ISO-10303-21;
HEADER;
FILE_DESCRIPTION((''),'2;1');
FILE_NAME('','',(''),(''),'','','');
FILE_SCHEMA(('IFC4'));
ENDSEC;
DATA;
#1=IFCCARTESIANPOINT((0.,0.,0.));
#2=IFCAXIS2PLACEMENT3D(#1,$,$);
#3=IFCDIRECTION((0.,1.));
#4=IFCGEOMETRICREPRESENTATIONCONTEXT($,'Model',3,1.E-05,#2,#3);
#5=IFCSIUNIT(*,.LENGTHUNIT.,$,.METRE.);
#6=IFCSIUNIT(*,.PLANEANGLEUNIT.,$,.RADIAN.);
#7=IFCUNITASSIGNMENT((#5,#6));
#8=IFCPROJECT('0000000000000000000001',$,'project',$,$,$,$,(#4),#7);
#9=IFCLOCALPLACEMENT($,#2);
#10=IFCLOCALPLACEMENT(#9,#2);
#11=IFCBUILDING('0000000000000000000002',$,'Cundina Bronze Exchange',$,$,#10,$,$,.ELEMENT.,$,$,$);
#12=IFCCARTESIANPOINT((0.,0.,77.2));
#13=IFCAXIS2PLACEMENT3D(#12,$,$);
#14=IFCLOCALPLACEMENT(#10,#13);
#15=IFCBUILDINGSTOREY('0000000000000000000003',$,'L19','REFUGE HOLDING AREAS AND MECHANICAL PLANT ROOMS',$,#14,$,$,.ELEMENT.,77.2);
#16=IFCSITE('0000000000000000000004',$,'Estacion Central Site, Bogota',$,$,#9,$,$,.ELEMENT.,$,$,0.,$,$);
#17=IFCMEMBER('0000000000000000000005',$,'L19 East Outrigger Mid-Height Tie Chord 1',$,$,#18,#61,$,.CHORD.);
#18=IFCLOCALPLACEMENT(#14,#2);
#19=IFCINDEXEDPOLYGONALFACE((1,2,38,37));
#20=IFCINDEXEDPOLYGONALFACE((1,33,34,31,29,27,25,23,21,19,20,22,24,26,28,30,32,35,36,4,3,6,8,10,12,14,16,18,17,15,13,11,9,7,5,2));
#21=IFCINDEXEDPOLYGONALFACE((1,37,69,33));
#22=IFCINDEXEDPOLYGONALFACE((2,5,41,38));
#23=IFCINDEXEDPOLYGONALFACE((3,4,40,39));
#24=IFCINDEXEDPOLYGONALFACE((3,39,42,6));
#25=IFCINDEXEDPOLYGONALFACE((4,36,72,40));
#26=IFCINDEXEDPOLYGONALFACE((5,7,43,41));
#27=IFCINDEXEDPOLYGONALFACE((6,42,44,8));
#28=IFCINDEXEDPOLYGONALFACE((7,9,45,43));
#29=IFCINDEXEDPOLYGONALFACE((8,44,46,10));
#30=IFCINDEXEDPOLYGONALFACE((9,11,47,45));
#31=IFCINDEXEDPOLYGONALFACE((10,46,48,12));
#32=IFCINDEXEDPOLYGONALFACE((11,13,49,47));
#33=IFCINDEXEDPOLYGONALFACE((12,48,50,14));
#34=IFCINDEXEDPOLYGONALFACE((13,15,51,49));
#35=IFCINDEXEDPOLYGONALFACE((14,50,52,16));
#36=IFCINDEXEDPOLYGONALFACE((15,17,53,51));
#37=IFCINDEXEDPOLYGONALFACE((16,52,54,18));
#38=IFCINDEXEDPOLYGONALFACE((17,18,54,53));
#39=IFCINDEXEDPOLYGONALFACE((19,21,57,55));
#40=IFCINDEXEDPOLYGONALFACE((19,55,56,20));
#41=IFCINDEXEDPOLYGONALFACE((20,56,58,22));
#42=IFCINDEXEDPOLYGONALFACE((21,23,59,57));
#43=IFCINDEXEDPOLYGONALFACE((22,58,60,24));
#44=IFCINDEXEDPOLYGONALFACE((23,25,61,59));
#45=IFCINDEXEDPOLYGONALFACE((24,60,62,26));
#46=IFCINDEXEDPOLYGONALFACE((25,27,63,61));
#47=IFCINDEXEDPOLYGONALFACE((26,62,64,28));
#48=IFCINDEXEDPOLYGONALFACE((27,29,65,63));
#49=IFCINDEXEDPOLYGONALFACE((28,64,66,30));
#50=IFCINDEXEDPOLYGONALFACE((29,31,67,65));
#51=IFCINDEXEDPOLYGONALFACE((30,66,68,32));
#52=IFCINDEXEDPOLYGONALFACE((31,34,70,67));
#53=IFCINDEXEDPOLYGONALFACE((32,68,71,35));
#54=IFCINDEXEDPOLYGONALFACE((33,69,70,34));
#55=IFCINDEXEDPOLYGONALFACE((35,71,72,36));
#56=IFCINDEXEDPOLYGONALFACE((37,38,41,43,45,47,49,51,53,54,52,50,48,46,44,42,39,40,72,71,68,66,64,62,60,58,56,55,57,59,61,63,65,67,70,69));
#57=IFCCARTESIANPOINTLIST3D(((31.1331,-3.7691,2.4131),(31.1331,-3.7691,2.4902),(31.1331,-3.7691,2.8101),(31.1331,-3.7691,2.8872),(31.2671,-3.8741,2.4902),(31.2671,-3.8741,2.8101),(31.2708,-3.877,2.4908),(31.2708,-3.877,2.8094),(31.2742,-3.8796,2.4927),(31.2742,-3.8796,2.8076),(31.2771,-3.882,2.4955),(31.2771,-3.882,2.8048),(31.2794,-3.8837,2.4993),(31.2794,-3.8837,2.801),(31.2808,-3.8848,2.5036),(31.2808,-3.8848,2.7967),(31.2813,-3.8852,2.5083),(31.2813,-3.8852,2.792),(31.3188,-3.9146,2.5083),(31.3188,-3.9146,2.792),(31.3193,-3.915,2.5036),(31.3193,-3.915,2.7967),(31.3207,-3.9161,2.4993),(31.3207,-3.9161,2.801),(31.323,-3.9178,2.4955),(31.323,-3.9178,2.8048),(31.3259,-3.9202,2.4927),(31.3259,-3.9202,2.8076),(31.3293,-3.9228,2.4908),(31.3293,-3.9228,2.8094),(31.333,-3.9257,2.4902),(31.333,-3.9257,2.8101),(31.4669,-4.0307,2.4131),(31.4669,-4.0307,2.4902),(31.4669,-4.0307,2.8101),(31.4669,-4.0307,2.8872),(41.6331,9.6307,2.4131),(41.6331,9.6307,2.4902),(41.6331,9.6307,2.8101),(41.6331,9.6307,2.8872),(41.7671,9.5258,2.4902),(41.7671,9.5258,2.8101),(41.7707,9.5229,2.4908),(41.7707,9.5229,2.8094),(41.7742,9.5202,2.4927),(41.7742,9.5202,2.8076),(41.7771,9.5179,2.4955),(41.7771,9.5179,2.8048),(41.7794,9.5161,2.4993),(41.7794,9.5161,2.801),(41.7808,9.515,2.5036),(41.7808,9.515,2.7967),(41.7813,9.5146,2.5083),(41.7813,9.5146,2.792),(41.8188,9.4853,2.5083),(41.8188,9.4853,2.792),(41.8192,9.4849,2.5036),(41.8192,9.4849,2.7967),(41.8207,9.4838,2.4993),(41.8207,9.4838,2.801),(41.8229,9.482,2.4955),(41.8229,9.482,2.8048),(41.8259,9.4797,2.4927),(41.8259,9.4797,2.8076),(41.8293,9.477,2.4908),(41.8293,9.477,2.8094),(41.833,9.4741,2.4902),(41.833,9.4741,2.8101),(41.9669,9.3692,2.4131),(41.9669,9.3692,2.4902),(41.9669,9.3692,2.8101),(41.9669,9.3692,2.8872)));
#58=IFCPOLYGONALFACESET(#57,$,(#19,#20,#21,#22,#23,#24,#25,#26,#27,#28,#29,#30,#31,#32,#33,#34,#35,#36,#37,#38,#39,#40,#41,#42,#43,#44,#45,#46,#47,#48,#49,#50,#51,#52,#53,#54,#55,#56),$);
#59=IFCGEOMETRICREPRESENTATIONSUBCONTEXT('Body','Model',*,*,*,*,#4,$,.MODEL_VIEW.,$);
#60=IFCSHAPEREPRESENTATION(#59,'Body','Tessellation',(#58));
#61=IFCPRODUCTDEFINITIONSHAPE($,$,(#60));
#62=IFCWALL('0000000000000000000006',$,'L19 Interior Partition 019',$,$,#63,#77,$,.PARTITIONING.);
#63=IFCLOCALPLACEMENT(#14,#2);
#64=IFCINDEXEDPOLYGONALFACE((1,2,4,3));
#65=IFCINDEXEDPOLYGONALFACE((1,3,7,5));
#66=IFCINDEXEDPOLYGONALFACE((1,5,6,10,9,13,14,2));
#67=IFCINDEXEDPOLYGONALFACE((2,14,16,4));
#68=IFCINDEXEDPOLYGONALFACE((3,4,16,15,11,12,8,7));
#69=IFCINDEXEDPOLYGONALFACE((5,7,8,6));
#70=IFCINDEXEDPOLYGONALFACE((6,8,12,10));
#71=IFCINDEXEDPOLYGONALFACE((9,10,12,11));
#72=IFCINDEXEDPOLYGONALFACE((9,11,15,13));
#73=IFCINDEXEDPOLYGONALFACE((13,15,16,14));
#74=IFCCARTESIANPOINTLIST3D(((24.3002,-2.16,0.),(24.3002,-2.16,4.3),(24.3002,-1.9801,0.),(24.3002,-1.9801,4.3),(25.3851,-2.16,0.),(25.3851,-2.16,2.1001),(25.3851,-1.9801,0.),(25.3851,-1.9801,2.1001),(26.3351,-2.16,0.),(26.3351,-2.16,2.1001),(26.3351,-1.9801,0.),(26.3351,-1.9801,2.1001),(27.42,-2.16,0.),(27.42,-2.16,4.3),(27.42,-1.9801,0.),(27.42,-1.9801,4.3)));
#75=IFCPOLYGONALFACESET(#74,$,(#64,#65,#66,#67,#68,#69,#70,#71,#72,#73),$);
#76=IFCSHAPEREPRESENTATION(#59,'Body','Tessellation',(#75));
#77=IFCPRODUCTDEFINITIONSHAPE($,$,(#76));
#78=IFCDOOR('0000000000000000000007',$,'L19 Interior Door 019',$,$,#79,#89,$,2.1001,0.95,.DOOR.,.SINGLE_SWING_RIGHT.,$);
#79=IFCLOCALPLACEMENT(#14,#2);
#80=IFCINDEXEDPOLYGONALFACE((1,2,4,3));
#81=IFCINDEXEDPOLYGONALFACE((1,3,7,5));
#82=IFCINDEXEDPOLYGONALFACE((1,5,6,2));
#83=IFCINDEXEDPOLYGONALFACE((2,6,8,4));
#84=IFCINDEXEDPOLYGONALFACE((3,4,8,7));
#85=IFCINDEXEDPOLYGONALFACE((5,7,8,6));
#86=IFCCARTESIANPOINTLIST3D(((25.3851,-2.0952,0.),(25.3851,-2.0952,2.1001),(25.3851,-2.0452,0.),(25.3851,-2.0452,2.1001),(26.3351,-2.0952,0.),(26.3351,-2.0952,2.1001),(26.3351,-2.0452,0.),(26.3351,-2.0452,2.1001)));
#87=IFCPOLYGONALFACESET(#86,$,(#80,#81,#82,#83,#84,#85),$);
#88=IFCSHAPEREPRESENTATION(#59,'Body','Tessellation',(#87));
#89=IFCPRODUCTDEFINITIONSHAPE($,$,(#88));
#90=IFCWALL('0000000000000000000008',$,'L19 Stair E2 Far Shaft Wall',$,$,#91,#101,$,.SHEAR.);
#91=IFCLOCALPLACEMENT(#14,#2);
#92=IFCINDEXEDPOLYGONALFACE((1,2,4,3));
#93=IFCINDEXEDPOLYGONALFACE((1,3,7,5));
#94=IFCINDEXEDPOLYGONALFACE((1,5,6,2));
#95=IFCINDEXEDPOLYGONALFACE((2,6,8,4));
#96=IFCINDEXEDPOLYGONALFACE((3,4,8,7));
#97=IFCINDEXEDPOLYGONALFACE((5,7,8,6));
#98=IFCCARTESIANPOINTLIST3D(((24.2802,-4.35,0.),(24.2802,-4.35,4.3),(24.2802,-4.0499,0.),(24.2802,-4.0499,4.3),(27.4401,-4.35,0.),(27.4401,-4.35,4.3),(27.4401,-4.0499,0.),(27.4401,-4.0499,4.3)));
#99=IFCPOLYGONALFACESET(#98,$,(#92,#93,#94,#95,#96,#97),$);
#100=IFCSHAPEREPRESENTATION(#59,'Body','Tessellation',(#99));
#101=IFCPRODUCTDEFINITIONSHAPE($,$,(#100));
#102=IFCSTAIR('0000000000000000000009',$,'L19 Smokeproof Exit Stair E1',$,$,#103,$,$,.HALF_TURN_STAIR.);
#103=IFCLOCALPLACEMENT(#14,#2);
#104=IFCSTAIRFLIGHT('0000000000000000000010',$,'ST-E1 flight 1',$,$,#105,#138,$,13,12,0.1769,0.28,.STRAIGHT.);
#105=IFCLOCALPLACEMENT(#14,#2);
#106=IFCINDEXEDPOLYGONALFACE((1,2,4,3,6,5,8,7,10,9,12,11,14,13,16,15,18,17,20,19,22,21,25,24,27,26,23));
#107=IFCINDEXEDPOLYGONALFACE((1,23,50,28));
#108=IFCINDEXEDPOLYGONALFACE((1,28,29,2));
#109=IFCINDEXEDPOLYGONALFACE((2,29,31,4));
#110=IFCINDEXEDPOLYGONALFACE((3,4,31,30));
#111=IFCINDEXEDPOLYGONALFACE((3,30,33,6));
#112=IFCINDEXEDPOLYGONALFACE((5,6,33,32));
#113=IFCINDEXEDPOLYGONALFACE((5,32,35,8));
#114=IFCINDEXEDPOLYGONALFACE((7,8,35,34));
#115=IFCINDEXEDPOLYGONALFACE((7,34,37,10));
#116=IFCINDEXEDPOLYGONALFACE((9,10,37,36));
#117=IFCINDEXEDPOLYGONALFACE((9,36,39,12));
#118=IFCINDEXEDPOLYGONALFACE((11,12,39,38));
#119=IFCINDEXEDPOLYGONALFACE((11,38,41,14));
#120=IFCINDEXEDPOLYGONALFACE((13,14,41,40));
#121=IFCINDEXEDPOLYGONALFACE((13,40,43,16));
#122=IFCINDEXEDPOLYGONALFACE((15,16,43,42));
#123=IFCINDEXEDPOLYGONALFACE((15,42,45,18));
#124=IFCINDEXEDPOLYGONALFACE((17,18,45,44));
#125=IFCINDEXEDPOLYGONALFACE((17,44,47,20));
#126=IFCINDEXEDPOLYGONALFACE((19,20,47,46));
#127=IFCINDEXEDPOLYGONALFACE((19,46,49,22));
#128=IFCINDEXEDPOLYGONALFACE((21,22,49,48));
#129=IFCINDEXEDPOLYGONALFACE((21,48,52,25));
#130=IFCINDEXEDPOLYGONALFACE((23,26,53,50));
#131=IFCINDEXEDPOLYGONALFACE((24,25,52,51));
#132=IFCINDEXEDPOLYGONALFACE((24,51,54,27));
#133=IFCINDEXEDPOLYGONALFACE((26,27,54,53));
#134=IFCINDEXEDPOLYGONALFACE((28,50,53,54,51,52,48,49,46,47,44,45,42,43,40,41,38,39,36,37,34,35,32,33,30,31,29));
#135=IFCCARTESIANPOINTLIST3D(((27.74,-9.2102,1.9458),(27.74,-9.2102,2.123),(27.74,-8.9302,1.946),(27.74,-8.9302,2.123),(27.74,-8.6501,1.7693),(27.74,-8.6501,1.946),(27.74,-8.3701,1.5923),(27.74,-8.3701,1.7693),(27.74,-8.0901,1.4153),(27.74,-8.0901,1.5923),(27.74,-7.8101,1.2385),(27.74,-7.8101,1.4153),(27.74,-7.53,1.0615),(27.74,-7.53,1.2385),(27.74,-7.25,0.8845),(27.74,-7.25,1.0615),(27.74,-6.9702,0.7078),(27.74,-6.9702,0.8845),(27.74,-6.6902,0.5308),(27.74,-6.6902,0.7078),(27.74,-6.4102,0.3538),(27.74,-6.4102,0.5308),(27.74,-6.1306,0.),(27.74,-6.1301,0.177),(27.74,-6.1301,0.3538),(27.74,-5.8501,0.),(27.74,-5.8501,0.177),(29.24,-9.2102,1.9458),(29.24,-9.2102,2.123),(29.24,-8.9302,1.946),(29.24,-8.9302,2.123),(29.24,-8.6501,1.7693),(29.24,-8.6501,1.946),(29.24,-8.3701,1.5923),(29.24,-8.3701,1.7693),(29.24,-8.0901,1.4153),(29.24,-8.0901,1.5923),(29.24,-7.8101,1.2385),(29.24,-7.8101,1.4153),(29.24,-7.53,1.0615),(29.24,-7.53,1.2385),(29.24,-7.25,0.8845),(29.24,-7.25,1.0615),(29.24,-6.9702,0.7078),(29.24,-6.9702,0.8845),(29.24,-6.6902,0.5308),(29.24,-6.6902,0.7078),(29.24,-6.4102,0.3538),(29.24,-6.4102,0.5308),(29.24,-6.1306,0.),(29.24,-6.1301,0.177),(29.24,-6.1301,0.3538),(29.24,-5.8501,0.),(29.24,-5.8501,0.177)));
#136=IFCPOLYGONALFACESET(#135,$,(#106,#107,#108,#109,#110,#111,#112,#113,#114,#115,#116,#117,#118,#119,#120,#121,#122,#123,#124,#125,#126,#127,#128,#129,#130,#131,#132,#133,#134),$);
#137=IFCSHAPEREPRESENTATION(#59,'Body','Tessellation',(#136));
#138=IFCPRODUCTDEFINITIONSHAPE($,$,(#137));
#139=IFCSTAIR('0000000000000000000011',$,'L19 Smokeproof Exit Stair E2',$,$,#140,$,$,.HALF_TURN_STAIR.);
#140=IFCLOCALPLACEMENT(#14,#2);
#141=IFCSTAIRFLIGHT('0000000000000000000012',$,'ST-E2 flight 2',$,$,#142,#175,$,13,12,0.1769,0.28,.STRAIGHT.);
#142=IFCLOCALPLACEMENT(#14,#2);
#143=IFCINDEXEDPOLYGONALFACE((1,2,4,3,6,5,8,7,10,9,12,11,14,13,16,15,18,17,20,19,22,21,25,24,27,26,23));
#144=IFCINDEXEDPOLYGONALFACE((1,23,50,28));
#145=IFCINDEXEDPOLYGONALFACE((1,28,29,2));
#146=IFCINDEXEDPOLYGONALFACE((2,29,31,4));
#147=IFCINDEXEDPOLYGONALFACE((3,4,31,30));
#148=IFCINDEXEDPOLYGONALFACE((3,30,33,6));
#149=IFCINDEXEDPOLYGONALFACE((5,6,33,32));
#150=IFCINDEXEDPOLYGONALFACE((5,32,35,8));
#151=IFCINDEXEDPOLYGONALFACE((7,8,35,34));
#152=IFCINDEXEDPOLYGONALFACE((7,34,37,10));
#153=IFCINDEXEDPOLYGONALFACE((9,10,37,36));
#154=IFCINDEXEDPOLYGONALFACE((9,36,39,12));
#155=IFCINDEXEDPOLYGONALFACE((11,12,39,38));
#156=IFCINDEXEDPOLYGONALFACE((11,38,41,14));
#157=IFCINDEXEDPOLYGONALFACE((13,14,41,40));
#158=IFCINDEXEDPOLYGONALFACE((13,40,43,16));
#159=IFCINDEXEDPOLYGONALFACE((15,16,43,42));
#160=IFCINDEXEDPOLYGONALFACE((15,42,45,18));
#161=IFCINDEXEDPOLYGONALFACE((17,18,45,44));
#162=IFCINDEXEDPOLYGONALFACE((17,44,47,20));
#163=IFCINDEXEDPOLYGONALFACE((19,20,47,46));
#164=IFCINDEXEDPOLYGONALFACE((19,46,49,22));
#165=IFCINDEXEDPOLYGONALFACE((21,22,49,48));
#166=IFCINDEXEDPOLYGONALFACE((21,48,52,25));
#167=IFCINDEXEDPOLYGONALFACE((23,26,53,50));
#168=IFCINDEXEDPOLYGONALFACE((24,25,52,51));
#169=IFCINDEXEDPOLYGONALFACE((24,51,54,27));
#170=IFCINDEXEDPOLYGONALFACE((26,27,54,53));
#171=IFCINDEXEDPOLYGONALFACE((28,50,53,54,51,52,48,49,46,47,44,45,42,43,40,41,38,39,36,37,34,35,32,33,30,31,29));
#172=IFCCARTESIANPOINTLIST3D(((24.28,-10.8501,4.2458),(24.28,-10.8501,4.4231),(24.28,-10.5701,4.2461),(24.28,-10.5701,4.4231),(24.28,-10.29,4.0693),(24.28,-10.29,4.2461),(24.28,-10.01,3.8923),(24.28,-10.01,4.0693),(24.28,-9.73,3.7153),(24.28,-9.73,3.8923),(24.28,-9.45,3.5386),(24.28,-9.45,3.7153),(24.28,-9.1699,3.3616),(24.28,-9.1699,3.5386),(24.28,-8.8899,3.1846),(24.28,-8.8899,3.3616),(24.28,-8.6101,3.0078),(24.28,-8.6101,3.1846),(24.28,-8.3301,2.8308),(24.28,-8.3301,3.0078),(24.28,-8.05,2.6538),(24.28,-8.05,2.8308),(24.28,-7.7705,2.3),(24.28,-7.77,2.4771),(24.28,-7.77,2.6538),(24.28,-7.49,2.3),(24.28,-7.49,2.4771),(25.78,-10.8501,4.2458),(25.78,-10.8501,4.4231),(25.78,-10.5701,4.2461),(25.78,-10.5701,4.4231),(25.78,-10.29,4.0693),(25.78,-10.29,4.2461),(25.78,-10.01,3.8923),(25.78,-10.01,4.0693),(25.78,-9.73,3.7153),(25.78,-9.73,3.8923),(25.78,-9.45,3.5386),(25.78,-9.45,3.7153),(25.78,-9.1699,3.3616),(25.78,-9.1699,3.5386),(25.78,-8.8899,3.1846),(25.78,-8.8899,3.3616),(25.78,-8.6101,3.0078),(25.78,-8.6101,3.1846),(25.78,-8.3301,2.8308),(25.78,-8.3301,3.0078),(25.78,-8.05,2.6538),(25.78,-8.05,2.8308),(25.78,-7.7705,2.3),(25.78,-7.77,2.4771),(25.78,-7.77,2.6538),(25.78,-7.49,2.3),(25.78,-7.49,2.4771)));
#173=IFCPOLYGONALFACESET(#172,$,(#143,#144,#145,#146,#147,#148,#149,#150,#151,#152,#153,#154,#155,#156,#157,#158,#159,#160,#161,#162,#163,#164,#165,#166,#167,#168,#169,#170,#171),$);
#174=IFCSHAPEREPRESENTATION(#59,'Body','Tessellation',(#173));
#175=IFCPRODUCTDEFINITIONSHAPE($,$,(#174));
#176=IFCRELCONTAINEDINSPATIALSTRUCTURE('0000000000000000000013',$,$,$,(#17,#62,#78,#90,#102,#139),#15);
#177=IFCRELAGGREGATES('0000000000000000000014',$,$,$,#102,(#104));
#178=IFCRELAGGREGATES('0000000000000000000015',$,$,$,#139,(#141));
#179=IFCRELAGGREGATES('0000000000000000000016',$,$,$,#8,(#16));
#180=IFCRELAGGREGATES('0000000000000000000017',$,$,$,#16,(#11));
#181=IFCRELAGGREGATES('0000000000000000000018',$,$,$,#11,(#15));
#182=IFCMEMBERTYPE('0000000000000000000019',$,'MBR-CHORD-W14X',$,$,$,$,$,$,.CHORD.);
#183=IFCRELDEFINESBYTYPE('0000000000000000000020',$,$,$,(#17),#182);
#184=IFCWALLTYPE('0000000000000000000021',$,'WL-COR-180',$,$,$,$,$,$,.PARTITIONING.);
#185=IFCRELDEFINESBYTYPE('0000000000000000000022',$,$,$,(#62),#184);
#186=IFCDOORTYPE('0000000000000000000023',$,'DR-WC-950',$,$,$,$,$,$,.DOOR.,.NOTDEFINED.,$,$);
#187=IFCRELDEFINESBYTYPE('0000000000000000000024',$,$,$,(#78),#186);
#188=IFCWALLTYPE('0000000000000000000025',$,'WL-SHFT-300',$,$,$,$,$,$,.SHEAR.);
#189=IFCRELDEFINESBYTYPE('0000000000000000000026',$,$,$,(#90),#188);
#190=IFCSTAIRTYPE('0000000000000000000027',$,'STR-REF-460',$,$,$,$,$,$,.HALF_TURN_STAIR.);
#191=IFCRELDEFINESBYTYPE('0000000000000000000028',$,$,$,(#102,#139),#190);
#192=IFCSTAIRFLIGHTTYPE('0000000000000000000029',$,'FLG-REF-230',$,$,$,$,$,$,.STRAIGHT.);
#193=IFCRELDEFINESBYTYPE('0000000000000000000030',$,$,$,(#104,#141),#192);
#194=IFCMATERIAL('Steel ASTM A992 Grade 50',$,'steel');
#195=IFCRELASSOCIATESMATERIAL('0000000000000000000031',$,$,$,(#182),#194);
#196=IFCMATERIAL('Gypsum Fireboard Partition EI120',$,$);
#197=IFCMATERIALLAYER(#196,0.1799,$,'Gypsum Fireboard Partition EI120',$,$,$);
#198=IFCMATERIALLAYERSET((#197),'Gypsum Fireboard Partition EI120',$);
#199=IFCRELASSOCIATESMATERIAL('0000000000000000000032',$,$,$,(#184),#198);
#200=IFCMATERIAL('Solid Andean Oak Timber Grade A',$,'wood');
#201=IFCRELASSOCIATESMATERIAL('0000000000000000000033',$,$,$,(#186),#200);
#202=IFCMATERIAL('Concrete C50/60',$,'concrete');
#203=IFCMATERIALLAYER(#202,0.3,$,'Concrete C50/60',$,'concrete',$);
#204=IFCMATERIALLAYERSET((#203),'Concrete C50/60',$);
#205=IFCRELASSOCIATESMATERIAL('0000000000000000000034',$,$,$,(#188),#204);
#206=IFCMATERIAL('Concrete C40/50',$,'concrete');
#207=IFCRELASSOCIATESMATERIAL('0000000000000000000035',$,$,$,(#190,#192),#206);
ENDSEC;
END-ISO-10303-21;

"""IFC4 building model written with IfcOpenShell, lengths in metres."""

from ifc_helpers import new_model, si_unit, direction, frame, frame_2d, origin, origin_2d, place, context, subcontext, project, spatial, polyline, rectangle, i_section, outline, extrude, material, layer, layer_set, material_profile, profile_set, type_object, element, fill, aggregate, save


model = new_model("IFC4")

# Units and contexts
model_context = context("Model", 3, precision=1e-05, world=origin(), true_north=direction((0.0, 1.0)))
body_context = subcontext(model_context, "Body", "Model", "MODEL_VIEW")
ifc_project = project(units=[si_unit("LENGTHUNIT", "METRE"), si_unit("PLANEANGLEUNIT", "RADIAN")], contexts=[model_context])

# Site, building, storey
site_placement = place(None, origin())
site = spatial("IfcSite", under=ifc_project, at=site_placement, Name="Estacion Central Site, Bogota", CompositionType="ELEMENT", RefElevation=0.0)
building_placement = place(site_placement, origin())
building = spatial("IfcBuilding", under=site, at=building_placement, Name="Cundina Bronze Exchange", CompositionType="ELEMENT")
storey_placement = place(building_placement, frame((0.0, 0.0, 77.2)))
storey = spatial("IfcBuildingStorey", under=building, at=storey_placement, Name="L19", Description="REFUGE HOLDING AREAS AND MECHANICAL PLANT ROOMS", CompositionType="ELEMENT", Elevation=77.2)

# Shared definitions
ifc_material_1 = material(Name="Steel ASTM A992 Grade 50", Category="steel")

# Member
ifc_material_profile_1 = material_profile(ifc_material_1, i_section(OverallWidth=0.4241, OverallDepth=0.4741, WebThickness=0.0476, FlangeThickness=0.0771, FilletRadius=0.0181, at=origin_2d()), Name="W14X426", Category="steel")
ifc_profile_set_1 = profile_set([ifc_material_profile_1], Name="Steel ASTM A992 Grade 50")
member_type = type_object("IfcMemberType", Name="MBR-CHORD-W14X", PredefinedType="CHORD", material=ifc_profile_set_1)
member_placement = place(storey_placement, frame((31.3, -3.8999, 2.6501), z_axis=(0.616786, 0.787131, 0.0), x_axis=(-0.787131, 0.616786, 0.0)))
element("IfcMember", 1, at=member_placement, inside=storey, type_object=member_type, Name="L19 East Outrigger Mid-Height Tie Chord 1", PredefinedType="CHORD", context=body_context, shape_type="SweptSolid", body=[
    extrude(i_section(OverallWidth=0.4241, OverallDepth=0.4741, WebThickness=0.0476, FlangeThickness=0.0771, FilletRadius=0.0181, at=origin_2d()), origin(), (0.0, 0.0, 1.0), 17.0237),
])

# Wall, opening, door
ifc_material_2 = material(Name="Gypsum Fireboard Partition EI120")
ifc_layer_1 = layer(ifc_material_2, 0.1799, Name="Gypsum Fireboard Partition EI120")
ifc_layer_set_1 = layer_set([ifc_layer_1], Name="Gypsum Fireboard Partition EI120")
wall_type_1 = type_object("IfcWallType", Name="WL-COR-180", PredefinedType="PARTITIONING", material=ifc_layer_set_1)
wall_1_placement = place(storey_placement, frame((24.3, -2.0701, 0.0), z_axis=(0.0, 0.0, 1.0), x_axis=(1.0, 0.0, 0.0)))
wall_1 = element("IfcWall", 2, at=wall_1_placement, inside=storey, type_object=wall_type_1, Name="L19 Interior Partition 019", PredefinedType="PARTITIONING", context=body_context, shape_type="SweptSolid", body=[
    extrude(rectangle(XDim=3.1199, YDim=0.1799, at=frame_2d((1.5601, 0.0))), origin(), (0.0, 0.0, 1.0), 4.3),
])
opening_1_placement = place(wall_1_placement, frame((1.085, 0.0, 0.0)))
opening_1 = element("IfcOpeningElement", 3, at=opening_1_placement, cuts=wall_1, PredefinedType="OPENING", context=body_context, shape_type="SweptSolid", body=[
    extrude(rectangle(XDim=0.95, YDim=2.1001, at=frame_2d((0.4751, 1.05))), frame((0.0, 0.0999, 0.0), z_axis=(0.0, -1.0, 0.0), x_axis=(1.0, 0.0, 0.0)), (0.0, 0.0, 1.0), 0.2),
])
ifc_material_3 = material(Name="Solid Andean Oak Timber Grade A", Category="wood")
door_type_1 = type_object("IfcDoorType", Name="DR-WC-950", OperationType="NOTDEFINED", PredefinedType="DOOR", material=ifc_material_3)
door_1_placement = place(opening_1_placement, origin())
door_1 = element("IfcDoor", 4, at=door_1_placement, inside=storey, type_object=door_type_1, Name="L19 Interior Door 019", OperationType="SINGLE_SWING_RIGHT", OverallHeight=2.1001, OverallWidth=0.95, PredefinedType="DOOR", context=body_context, shape_type="SweptSolid", body=[
    extrude(rectangle(XDim=0.95, YDim=2.1001, at=frame_2d((0.4751, 1.05))), frame((0.0, 0.0249, 0.0), z_axis=(0.0, -1.0, 0.0), x_axis=(1.0, 0.0, 0.0)), (0.0, 0.0, 1.0), 0.05),
])
fill(opening_1, door_1)
ifc_material_4 = material(Name="Concrete C50/60", Category="concrete")
ifc_layer_2 = layer(ifc_material_4, 0.3, Name="Concrete C50/60", Category="concrete")
ifc_layer_set_2 = layer_set([ifc_layer_2], Name="Concrete C50/60")
wall_type_2 = type_object("IfcWallType", Name="WL-SHFT-300", PredefinedType="SHEAR", material=ifc_layer_set_2)

# Wall
wall_2_placement = place(storey_placement, frame((24.28, -4.2, 0.0), z_axis=(0.0, 0.0, 1.0), x_axis=(1.0, 0.0, 0.0)))
element("IfcWall", 5, at=wall_2_placement, inside=storey, type_object=wall_type_2, Name="L19 Stair E2 Far Shaft Wall", PredefinedType="SHEAR", context=body_context, shape_type="SweptSolid", body=[
    extrude(rectangle(XDim=3.1599, YDim=0.3, at=frame_2d((1.5801, 0.0))), origin(), (0.0, 0.0, 1.0), 4.3),
])

# Stairs, stair flights
ifc_material_5 = material(Name="Concrete C40/50", Category="concrete")
stair_type = type_object("IfcStairType", Name="STR-REF-460", PredefinedType="HALF_TURN_STAIR", material=ifc_material_5)
stair_1_placement = place(storey_placement, origin())
stair_1 = element("IfcStair", 6, at=stair_1_placement, inside=storey, type_object=stair_type, Name="L19 Smokeproof Exit Stair E1", PredefinedType="HALF_TURN_STAIR")
stair_flight_type = type_object("IfcStairFlightType", Name="FLG-REF-230", PredefinedType="STRAIGHT", material=ifc_material_5)
stair_flight_1_placement = place(storey_placement, frame((28.49, -5.8501, 0.0), z_axis=(0.0, 0.0, 1.0), x_axis=(0.0, -1.0, 0.0)))
stair_flight_1 = element("IfcStairFlight", 7, at=stair_flight_1_placement, type_object=stair_flight_type, Name="ST-E1 flight 1", NumberOfRisers=13, NumberOfTreads=12, PredefinedType="STRAIGHT", RiserHeight=0.1769, TreadLength=0.28, context=body_context, shape_type="SweptSolid", body=[
    extrude(outline(polyline([(0.0, 0.0), (0.0, 0.177), (0.28, 0.177), (0.28, 0.3538), (0.5601, 0.3538), (0.5601, 0.5308), (0.8401, 0.5308), (0.8401, 0.7078), (1.1201, 0.7078), (1.1201, 0.8845), (1.3999, 0.8845), (1.3999, 1.0615), (1.6799, 1.0615), (1.6799, 1.2385), (1.96, 1.2385), (1.96, 1.4153), (2.24, 1.4153), (2.24, 1.5923), (2.52, 1.5923), (2.52, 1.7693), (2.8, 1.7693), (2.8, 1.946), (3.0801, 1.946), (3.0801, 2.123), (3.3601, 2.123), (3.3601, 2.3), (3.3601, 1.9458), (0.2805, 0.0), (0.0, 0.0)])), frame((0.0, 0.75, 0.0), z_axis=(0.0, -1.0, 0.0), x_axis=(1.0, 0.0, 0.0)), (0.0, 0.0, 1.0), 1.5),
])
aggregate(stair_1, [stair_flight_1])
stair_2_placement = place(storey_placement, origin())
stair_2 = element("IfcStair", 8, at=stair_2_placement, inside=storey, type_object=stair_type, Name="L19 Smokeproof Exit Stair E2", PredefinedType="HALF_TURN_STAIR")
stair_flight_2_placement = place(storey_placement, frame((25.03, -7.49, 2.3), z_axis=(0.0, 0.0, 1.0), x_axis=(0.0, -1.0, 0.0)))
stair_flight_2 = element("IfcStairFlight", 9, at=stair_flight_2_placement, type_object=stair_flight_type, Name="ST-E2 flight 2", NumberOfRisers=13, NumberOfTreads=12, PredefinedType="STRAIGHT", RiserHeight=0.1769, TreadLength=0.28, context=body_context, shape_type="SweptSolid", body=[
    extrude(outline(polyline([(0.0, 0.0), (0.0, 0.177), (0.28, 0.177), (0.28, 0.3538), (0.5601, 0.3538), (0.5601, 0.5308), (0.8401, 0.5308), (0.8401, 0.7078), (1.1201, 0.7078), (1.1201, 0.8845), (1.3999, 0.8845), (1.3999, 1.0615), (1.6799, 1.0615), (1.6799, 1.2385), (1.96, 1.2385), (1.96, 1.4153), (2.24, 1.4153), (2.24, 1.5923), (2.52, 1.5923), (2.52, 1.7693), (2.8, 1.7693), (2.8, 1.946), (3.0801, 1.946), (3.0801, 2.123), (3.3601, 2.123), (3.3601, 2.3), (3.3601, 1.9458), (0.2805, 0.0), (0.0, 0.0)])), frame((0.0, 0.75, 0.0), z_axis=(0.0, -1.0, 0.0), x_axis=(1.0, 0.0, 0.0)), (0.0, 0.0, 1.0), 1.5),
])
aggregate(stair_2, [stair_flight_2])

save(model, "model.ifc")
